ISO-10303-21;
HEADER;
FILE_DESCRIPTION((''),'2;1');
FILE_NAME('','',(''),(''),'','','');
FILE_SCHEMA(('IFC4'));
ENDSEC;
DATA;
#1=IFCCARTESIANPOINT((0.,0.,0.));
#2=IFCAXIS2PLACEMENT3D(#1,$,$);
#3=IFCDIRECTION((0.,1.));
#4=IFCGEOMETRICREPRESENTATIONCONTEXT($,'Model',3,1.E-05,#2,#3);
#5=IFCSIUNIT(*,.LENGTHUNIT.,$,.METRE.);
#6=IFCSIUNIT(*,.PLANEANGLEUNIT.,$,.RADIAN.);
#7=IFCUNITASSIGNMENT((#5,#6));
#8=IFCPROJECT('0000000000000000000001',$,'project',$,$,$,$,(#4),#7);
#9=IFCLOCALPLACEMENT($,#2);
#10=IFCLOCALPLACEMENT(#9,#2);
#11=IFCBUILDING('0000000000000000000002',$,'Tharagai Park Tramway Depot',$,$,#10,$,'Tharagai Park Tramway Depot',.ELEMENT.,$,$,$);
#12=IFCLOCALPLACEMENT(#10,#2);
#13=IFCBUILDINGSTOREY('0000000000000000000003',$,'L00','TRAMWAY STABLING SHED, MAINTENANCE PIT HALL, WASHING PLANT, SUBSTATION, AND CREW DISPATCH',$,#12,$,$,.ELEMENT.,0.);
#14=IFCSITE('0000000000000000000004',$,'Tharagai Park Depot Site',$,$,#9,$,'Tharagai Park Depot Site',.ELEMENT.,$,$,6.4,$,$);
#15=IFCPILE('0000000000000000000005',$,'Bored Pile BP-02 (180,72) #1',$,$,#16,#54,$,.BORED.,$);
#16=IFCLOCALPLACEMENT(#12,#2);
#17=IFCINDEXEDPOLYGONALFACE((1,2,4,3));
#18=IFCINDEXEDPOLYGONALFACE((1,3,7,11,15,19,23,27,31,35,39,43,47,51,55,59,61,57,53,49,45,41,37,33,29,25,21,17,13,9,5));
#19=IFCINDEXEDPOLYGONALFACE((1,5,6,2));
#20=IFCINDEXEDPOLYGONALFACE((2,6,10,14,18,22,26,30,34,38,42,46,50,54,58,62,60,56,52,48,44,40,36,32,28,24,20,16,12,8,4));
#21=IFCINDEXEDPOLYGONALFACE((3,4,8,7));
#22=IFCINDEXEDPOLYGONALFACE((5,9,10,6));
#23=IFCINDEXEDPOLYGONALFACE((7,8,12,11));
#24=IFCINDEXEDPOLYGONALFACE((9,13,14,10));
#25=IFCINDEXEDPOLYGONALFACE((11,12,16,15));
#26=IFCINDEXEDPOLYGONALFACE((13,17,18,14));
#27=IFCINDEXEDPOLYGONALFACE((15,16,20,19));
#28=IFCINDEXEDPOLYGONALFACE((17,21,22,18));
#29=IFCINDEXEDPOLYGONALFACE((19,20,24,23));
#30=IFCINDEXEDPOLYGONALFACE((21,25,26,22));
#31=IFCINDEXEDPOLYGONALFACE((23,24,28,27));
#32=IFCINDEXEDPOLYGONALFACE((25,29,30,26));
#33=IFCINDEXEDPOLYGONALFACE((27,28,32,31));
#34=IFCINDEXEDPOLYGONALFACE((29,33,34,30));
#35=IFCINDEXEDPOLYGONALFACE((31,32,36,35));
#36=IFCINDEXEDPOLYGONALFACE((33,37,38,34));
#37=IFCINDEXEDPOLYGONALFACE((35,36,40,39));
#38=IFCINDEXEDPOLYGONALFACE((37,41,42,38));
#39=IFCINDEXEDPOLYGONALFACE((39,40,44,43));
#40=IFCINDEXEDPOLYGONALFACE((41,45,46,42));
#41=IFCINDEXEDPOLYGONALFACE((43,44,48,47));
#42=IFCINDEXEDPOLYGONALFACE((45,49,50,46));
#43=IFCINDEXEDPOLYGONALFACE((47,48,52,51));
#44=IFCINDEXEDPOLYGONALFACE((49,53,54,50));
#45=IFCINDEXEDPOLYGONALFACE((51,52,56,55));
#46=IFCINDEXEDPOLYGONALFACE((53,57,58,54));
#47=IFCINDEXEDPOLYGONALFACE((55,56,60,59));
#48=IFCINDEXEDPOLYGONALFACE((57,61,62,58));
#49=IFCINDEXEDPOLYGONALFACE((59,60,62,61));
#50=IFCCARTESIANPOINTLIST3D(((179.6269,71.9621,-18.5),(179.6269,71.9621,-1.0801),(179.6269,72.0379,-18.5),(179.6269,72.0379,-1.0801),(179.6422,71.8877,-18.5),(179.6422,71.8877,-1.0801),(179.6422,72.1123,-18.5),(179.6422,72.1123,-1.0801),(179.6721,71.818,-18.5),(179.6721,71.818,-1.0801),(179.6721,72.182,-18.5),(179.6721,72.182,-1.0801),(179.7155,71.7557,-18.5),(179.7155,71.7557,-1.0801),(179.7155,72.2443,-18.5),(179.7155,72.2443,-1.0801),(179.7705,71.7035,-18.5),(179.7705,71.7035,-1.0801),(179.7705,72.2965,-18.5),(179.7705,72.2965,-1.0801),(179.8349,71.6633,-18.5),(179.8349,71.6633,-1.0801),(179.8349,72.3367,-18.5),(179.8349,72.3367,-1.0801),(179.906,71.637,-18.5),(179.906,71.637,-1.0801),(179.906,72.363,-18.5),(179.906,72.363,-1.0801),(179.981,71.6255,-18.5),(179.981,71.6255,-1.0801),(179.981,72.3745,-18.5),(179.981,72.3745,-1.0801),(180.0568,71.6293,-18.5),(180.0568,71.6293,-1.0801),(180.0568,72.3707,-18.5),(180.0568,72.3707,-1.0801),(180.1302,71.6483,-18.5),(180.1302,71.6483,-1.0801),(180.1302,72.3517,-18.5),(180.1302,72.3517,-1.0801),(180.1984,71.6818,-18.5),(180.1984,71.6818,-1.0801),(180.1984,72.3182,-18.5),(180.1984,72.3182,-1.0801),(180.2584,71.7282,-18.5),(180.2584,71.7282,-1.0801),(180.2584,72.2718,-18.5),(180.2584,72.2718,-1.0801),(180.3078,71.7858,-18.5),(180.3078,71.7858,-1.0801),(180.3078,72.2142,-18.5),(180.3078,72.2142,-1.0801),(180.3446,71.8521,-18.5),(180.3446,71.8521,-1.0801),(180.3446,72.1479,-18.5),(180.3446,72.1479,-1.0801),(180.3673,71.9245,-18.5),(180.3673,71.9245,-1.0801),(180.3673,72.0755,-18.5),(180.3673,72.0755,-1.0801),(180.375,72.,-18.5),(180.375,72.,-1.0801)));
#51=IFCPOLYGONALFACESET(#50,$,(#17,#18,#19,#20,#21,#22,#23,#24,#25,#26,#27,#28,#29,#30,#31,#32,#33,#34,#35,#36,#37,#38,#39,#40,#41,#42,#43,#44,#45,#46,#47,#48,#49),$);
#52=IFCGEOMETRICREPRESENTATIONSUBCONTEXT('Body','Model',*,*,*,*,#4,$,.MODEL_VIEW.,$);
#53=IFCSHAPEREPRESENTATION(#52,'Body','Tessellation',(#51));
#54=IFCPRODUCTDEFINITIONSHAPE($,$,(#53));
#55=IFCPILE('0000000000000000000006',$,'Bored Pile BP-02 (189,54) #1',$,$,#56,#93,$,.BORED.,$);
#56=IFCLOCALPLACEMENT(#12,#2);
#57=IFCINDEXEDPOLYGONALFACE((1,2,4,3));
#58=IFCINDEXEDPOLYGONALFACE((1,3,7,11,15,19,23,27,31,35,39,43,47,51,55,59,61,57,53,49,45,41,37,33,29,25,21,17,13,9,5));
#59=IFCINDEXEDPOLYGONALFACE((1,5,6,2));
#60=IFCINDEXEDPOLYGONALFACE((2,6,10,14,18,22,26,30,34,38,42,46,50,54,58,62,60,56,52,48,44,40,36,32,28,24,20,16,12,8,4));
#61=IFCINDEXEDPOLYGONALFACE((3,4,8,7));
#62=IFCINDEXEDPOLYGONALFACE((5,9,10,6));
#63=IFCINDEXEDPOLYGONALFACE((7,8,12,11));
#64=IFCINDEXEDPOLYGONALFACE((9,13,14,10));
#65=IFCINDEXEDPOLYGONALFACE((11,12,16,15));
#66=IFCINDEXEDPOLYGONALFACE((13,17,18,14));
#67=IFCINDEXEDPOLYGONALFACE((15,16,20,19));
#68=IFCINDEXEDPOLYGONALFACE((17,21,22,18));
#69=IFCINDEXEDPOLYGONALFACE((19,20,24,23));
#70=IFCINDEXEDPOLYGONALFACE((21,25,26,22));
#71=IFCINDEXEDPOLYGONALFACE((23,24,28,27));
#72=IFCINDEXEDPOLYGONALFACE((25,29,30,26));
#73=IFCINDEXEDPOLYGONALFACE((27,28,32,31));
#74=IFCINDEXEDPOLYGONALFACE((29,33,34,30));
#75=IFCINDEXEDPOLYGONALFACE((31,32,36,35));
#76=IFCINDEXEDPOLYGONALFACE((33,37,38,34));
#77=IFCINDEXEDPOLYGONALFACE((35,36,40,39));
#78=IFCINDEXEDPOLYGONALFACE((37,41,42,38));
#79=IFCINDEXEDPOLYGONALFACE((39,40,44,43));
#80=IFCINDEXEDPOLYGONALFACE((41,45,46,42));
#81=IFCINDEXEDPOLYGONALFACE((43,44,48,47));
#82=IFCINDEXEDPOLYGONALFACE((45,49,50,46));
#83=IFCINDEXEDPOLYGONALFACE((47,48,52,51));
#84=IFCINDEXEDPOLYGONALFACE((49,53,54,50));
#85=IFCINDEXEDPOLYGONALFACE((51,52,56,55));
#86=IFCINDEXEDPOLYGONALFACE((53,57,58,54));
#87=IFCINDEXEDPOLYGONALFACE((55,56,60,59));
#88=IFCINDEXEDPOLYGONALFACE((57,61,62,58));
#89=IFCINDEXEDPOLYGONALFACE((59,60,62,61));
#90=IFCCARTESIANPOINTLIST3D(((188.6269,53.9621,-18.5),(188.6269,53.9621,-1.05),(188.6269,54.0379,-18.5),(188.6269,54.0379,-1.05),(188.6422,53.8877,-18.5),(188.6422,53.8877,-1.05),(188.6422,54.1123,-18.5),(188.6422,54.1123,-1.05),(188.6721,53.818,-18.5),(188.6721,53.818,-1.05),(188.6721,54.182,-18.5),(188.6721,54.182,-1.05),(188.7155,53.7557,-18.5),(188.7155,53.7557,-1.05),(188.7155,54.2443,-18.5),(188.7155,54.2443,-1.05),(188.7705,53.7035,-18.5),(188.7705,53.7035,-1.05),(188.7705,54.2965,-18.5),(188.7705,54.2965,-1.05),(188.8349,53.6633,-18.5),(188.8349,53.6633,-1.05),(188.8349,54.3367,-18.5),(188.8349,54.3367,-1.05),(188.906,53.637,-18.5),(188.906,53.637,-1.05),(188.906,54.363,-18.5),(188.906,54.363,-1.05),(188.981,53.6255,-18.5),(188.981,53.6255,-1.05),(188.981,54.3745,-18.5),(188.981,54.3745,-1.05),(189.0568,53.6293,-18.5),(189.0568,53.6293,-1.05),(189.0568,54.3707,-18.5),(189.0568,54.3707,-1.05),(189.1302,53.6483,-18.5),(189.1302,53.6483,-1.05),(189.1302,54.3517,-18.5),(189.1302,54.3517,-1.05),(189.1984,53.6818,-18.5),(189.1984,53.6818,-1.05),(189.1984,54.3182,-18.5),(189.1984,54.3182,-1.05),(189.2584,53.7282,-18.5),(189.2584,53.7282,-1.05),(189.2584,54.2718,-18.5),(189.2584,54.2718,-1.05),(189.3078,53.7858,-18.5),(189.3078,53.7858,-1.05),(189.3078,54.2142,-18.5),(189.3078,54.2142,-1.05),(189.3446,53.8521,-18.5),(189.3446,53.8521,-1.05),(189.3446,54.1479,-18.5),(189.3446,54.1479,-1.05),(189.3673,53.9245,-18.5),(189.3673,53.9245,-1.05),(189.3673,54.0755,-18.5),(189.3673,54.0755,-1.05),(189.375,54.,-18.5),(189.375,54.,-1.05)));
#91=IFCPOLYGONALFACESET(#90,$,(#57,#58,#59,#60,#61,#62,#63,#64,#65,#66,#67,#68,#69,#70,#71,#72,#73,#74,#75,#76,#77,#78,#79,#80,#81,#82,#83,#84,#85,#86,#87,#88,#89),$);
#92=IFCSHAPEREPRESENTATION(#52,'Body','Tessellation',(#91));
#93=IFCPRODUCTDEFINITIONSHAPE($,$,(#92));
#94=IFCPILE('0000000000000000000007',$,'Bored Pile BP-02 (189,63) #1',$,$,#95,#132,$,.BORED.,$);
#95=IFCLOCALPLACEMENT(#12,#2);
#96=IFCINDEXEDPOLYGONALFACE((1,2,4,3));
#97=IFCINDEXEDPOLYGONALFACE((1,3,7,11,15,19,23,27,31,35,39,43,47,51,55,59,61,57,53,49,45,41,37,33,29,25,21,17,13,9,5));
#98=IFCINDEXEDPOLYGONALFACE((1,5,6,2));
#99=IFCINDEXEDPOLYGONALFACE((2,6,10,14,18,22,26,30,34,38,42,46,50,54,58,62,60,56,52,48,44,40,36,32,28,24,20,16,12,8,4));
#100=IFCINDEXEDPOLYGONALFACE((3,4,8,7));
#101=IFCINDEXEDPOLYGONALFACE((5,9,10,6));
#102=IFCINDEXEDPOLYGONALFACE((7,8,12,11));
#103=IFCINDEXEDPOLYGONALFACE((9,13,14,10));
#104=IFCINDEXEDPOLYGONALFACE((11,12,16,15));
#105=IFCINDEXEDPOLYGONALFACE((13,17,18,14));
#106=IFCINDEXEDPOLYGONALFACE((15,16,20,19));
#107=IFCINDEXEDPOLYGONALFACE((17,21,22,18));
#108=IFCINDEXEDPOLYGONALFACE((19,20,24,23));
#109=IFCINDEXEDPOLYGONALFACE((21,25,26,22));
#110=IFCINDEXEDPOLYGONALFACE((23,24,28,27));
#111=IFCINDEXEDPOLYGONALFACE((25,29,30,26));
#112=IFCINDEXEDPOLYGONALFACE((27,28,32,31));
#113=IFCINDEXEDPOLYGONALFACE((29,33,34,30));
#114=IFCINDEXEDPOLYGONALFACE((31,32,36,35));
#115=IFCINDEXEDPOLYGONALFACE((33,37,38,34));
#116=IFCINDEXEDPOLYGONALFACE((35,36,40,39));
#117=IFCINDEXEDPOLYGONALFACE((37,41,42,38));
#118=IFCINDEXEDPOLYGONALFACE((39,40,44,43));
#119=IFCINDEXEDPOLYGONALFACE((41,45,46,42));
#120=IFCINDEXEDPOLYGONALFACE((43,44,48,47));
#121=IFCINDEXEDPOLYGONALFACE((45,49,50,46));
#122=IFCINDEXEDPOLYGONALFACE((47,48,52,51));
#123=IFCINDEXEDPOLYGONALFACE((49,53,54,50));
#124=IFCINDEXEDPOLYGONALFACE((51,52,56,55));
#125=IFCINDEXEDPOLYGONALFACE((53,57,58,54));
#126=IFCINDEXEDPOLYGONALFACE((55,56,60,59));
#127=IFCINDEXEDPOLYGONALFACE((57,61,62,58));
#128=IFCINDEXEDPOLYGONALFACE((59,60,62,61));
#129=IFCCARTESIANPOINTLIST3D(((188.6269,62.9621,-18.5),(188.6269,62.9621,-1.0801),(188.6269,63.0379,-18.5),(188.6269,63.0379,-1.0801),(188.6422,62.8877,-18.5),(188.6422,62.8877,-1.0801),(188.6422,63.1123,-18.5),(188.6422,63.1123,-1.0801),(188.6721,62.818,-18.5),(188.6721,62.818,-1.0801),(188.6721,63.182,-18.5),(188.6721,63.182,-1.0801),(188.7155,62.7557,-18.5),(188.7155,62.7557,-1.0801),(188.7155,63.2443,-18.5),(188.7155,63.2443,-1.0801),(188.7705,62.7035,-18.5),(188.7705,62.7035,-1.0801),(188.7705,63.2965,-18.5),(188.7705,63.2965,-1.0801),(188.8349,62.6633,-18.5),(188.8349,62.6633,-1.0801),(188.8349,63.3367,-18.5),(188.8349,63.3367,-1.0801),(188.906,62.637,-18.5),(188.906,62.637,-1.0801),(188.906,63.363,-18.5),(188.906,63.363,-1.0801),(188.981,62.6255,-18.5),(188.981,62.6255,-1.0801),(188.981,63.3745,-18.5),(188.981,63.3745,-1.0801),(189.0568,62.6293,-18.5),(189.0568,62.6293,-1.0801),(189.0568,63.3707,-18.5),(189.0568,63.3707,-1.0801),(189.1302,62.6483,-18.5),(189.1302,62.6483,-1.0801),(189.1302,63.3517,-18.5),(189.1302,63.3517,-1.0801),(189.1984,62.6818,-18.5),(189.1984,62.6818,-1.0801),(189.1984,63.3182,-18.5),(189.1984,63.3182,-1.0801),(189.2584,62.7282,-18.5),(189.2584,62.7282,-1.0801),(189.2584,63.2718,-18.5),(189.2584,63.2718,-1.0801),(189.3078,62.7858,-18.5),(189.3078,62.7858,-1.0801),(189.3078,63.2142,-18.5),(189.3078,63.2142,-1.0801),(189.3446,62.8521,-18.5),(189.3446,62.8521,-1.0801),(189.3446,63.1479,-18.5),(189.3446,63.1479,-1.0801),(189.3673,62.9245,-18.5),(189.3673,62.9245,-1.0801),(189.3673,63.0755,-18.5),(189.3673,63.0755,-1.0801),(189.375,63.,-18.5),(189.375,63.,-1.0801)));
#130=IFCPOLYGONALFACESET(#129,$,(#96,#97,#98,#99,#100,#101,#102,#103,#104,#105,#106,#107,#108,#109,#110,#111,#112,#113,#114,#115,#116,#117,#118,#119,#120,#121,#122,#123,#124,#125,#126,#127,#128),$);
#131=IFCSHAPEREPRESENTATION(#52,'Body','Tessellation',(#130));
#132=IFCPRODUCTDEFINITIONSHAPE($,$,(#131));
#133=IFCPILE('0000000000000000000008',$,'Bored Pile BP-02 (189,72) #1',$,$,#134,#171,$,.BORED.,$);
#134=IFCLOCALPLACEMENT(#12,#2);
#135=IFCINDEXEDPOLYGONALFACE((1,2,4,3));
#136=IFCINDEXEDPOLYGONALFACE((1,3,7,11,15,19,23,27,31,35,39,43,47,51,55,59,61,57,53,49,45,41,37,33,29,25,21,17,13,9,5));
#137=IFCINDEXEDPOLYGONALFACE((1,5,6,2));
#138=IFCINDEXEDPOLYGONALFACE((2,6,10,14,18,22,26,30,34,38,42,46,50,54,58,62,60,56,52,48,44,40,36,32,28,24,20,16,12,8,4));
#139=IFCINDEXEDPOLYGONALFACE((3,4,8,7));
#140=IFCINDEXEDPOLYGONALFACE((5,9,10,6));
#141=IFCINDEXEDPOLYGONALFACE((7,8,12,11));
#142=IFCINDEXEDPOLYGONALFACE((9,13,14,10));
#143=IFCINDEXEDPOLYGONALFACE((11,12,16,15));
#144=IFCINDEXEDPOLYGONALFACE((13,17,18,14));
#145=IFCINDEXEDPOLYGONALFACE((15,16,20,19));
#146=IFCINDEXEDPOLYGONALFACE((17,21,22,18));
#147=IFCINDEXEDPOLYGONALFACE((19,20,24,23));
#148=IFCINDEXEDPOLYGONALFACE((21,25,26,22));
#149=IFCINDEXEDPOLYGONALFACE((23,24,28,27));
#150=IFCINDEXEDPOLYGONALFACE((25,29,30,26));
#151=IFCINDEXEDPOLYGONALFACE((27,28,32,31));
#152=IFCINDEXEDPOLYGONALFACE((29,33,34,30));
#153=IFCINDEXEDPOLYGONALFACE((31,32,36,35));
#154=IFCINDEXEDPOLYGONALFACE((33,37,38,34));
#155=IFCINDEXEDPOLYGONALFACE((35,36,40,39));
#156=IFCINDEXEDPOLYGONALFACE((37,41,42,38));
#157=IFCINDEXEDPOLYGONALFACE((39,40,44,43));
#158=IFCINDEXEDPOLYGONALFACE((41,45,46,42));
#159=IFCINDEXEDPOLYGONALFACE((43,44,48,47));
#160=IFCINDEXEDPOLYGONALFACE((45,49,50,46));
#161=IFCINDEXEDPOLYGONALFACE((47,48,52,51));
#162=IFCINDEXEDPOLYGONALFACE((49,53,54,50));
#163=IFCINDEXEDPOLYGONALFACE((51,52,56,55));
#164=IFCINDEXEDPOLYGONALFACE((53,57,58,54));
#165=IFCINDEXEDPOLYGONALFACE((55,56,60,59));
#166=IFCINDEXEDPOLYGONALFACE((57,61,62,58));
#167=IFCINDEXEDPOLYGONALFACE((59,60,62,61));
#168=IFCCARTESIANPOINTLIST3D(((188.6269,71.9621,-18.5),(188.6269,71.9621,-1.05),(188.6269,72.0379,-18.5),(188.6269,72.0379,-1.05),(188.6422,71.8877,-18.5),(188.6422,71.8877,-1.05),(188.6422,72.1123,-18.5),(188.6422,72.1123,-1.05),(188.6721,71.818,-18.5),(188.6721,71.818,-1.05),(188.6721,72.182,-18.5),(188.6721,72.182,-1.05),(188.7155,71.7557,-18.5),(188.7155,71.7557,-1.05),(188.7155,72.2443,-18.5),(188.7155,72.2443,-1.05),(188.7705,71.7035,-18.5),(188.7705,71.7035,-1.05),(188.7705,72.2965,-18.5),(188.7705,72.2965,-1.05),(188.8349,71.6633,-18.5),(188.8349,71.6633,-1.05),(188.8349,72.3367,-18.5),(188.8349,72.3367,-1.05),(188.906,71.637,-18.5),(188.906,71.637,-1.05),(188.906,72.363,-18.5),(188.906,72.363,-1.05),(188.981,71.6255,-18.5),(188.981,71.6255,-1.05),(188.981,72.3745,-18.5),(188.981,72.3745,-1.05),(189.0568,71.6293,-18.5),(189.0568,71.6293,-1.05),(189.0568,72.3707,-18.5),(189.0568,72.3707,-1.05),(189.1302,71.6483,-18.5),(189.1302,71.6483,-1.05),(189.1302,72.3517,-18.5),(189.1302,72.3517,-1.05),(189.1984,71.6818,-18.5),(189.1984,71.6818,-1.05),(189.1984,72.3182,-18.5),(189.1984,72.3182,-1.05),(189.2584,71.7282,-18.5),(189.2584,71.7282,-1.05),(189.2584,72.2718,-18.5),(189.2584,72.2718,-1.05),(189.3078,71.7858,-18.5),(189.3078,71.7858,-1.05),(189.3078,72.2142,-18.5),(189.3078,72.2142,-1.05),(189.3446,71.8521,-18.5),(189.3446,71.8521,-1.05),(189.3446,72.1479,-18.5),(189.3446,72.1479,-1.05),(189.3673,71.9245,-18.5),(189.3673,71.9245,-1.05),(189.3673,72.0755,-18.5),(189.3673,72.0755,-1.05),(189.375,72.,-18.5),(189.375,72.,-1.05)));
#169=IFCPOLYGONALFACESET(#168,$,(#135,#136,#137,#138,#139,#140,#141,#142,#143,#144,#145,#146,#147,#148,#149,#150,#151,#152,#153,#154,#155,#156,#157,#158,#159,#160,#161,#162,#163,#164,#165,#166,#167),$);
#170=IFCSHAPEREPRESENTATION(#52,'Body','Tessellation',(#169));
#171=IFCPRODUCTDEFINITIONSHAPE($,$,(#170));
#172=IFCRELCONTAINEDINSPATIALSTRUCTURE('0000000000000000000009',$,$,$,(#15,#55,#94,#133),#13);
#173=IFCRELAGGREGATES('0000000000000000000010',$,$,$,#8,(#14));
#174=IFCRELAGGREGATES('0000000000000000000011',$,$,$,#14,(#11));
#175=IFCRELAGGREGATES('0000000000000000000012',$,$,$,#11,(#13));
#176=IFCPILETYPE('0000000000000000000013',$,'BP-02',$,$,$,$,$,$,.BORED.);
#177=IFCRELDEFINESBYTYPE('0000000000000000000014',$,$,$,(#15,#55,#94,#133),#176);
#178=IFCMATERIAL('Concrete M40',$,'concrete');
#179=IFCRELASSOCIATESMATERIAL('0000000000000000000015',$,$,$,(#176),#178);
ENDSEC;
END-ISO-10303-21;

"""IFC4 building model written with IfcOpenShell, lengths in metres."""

from ifc_helpers import new_model, si_unit, direction, frame, origin, origin_2d, place, context, subcontext, project, spatial, circle, extrude, material, material_profile, profile_set, type_object, element, save


model = new_model("IFC4")

# Units and contexts
model_context = context("Model", 3, precision=1e-05, world=origin(), true_north=direction((0.0, 1.0)))
body_context = subcontext(model_context, "Body", "Model", "MODEL_VIEW")
ifc_project = project(units=[si_unit("LENGTHUNIT", "METRE"), si_unit("PLANEANGLEUNIT", "RADIAN")], contexts=[model_context])

# Site, building, storey
site_placement = place(None, origin())
site = spatial("IfcSite", under=ifc_project, at=site_placement, Name="Tharagai Park Depot Site", LongName="Tharagai Park Depot Site", CompositionType="ELEMENT", RefElevation=6.4)
building_placement = place(site_placement, origin())
building = spatial("IfcBuilding", under=site, at=building_placement, Name="Tharagai Park Tramway Depot", LongName="Tharagai Park Tramway Depot", CompositionType="ELEMENT")
storey_placement = place(building_placement, origin())
storey = spatial("IfcBuildingStorey", under=building, at=storey_placement, Name="L00", Description="TRAMWAY STABLING SHED, MAINTENANCE PIT HALL, WASHING PLANT, SUBSTATION, AND CREW DISPATCH", CompositionType="ELEMENT", Elevation=0.0)

# Piles
ifc_material_1 = material(Name="Concrete M40", Category="concrete")
ifc_material_profile_1 = material_profile(ifc_material_1, circle(Radius=0.375, at=origin_2d()), Name="PILE D750")
ifc_profile_set_1 = profile_set([ifc_material_profile_1], Name="Concrete M40")
pile_type_1 = type_object("IfcPileType", Name="BP-02", PredefinedType="BORED", material=ifc_profile_set_1)
pile_1_placement = place(storey_placement, frame((180.0, 72.0, -1.0801), z_axis=(0.0, 0.0, -1.0), x_axis=(1.0, 0.0, 0.0)))
element("IfcPile", 1, at=pile_1_placement, inside=storey, type_object=pile_type_1, Name="Bored Pile BP-02 (180,72) #1", PredefinedType="BORED", context=body_context, shape_type="SweptSolid", body=[
    extrude(circle(Radius=0.375, at=origin_2d()), origin(), (0.0, 0.0, 1.0), 17.4199),
])
pile_2_placement = place(storey_placement, frame((189.0, 54.0, -1.05), z_axis=(0.0, 0.0, -1.0), x_axis=(1.0, 0.0, 0.0)))
element("IfcPile", 2, at=pile_2_placement, inside=storey, type_object=pile_type_1, Name="Bored Pile BP-02 (189,54) #1", PredefinedType="BORED", context=body_context, shape_type="SweptSolid", body=[
    extrude(circle(Radius=0.375, at=origin_2d()), origin(), (0.0, 0.0, 1.0), 17.45),
])
pile_3_placement = place(storey_placement, frame((189.0, 63.0, -1.0801), z_axis=(0.0, 0.0, -1.0), x_axis=(1.0, 0.0, 0.0)))
element("IfcPile", 3, at=pile_3_placement, inside=storey, type_object=pile_type_1, Name="Bored Pile BP-02 (189,63) #1", PredefinedType="BORED", context=body_context, shape_type="SweptSolid", body=[
    extrude(circle(Radius=0.375, at=origin_2d()), origin(), (0.0, 0.0, 1.0), 17.4199),
])
pile_4_placement = place(storey_placement, frame((189.0, 72.0, -1.05), z_axis=(0.0, 0.0, -1.0), x_axis=(1.0, 0.0, 0.0)))
element("IfcPile", 4, at=pile_4_placement, inside=storey, type_object=pile_type_1, Name="Bored Pile BP-02 (189,72) #1", PredefinedType="BORED", context=body_context, shape_type="SweptSolid", body=[
    extrude(circle(Radius=0.375, at=origin_2d()), origin(), (0.0, 0.0, 1.0), 17.45),
])

save(model, "model.ifc")
